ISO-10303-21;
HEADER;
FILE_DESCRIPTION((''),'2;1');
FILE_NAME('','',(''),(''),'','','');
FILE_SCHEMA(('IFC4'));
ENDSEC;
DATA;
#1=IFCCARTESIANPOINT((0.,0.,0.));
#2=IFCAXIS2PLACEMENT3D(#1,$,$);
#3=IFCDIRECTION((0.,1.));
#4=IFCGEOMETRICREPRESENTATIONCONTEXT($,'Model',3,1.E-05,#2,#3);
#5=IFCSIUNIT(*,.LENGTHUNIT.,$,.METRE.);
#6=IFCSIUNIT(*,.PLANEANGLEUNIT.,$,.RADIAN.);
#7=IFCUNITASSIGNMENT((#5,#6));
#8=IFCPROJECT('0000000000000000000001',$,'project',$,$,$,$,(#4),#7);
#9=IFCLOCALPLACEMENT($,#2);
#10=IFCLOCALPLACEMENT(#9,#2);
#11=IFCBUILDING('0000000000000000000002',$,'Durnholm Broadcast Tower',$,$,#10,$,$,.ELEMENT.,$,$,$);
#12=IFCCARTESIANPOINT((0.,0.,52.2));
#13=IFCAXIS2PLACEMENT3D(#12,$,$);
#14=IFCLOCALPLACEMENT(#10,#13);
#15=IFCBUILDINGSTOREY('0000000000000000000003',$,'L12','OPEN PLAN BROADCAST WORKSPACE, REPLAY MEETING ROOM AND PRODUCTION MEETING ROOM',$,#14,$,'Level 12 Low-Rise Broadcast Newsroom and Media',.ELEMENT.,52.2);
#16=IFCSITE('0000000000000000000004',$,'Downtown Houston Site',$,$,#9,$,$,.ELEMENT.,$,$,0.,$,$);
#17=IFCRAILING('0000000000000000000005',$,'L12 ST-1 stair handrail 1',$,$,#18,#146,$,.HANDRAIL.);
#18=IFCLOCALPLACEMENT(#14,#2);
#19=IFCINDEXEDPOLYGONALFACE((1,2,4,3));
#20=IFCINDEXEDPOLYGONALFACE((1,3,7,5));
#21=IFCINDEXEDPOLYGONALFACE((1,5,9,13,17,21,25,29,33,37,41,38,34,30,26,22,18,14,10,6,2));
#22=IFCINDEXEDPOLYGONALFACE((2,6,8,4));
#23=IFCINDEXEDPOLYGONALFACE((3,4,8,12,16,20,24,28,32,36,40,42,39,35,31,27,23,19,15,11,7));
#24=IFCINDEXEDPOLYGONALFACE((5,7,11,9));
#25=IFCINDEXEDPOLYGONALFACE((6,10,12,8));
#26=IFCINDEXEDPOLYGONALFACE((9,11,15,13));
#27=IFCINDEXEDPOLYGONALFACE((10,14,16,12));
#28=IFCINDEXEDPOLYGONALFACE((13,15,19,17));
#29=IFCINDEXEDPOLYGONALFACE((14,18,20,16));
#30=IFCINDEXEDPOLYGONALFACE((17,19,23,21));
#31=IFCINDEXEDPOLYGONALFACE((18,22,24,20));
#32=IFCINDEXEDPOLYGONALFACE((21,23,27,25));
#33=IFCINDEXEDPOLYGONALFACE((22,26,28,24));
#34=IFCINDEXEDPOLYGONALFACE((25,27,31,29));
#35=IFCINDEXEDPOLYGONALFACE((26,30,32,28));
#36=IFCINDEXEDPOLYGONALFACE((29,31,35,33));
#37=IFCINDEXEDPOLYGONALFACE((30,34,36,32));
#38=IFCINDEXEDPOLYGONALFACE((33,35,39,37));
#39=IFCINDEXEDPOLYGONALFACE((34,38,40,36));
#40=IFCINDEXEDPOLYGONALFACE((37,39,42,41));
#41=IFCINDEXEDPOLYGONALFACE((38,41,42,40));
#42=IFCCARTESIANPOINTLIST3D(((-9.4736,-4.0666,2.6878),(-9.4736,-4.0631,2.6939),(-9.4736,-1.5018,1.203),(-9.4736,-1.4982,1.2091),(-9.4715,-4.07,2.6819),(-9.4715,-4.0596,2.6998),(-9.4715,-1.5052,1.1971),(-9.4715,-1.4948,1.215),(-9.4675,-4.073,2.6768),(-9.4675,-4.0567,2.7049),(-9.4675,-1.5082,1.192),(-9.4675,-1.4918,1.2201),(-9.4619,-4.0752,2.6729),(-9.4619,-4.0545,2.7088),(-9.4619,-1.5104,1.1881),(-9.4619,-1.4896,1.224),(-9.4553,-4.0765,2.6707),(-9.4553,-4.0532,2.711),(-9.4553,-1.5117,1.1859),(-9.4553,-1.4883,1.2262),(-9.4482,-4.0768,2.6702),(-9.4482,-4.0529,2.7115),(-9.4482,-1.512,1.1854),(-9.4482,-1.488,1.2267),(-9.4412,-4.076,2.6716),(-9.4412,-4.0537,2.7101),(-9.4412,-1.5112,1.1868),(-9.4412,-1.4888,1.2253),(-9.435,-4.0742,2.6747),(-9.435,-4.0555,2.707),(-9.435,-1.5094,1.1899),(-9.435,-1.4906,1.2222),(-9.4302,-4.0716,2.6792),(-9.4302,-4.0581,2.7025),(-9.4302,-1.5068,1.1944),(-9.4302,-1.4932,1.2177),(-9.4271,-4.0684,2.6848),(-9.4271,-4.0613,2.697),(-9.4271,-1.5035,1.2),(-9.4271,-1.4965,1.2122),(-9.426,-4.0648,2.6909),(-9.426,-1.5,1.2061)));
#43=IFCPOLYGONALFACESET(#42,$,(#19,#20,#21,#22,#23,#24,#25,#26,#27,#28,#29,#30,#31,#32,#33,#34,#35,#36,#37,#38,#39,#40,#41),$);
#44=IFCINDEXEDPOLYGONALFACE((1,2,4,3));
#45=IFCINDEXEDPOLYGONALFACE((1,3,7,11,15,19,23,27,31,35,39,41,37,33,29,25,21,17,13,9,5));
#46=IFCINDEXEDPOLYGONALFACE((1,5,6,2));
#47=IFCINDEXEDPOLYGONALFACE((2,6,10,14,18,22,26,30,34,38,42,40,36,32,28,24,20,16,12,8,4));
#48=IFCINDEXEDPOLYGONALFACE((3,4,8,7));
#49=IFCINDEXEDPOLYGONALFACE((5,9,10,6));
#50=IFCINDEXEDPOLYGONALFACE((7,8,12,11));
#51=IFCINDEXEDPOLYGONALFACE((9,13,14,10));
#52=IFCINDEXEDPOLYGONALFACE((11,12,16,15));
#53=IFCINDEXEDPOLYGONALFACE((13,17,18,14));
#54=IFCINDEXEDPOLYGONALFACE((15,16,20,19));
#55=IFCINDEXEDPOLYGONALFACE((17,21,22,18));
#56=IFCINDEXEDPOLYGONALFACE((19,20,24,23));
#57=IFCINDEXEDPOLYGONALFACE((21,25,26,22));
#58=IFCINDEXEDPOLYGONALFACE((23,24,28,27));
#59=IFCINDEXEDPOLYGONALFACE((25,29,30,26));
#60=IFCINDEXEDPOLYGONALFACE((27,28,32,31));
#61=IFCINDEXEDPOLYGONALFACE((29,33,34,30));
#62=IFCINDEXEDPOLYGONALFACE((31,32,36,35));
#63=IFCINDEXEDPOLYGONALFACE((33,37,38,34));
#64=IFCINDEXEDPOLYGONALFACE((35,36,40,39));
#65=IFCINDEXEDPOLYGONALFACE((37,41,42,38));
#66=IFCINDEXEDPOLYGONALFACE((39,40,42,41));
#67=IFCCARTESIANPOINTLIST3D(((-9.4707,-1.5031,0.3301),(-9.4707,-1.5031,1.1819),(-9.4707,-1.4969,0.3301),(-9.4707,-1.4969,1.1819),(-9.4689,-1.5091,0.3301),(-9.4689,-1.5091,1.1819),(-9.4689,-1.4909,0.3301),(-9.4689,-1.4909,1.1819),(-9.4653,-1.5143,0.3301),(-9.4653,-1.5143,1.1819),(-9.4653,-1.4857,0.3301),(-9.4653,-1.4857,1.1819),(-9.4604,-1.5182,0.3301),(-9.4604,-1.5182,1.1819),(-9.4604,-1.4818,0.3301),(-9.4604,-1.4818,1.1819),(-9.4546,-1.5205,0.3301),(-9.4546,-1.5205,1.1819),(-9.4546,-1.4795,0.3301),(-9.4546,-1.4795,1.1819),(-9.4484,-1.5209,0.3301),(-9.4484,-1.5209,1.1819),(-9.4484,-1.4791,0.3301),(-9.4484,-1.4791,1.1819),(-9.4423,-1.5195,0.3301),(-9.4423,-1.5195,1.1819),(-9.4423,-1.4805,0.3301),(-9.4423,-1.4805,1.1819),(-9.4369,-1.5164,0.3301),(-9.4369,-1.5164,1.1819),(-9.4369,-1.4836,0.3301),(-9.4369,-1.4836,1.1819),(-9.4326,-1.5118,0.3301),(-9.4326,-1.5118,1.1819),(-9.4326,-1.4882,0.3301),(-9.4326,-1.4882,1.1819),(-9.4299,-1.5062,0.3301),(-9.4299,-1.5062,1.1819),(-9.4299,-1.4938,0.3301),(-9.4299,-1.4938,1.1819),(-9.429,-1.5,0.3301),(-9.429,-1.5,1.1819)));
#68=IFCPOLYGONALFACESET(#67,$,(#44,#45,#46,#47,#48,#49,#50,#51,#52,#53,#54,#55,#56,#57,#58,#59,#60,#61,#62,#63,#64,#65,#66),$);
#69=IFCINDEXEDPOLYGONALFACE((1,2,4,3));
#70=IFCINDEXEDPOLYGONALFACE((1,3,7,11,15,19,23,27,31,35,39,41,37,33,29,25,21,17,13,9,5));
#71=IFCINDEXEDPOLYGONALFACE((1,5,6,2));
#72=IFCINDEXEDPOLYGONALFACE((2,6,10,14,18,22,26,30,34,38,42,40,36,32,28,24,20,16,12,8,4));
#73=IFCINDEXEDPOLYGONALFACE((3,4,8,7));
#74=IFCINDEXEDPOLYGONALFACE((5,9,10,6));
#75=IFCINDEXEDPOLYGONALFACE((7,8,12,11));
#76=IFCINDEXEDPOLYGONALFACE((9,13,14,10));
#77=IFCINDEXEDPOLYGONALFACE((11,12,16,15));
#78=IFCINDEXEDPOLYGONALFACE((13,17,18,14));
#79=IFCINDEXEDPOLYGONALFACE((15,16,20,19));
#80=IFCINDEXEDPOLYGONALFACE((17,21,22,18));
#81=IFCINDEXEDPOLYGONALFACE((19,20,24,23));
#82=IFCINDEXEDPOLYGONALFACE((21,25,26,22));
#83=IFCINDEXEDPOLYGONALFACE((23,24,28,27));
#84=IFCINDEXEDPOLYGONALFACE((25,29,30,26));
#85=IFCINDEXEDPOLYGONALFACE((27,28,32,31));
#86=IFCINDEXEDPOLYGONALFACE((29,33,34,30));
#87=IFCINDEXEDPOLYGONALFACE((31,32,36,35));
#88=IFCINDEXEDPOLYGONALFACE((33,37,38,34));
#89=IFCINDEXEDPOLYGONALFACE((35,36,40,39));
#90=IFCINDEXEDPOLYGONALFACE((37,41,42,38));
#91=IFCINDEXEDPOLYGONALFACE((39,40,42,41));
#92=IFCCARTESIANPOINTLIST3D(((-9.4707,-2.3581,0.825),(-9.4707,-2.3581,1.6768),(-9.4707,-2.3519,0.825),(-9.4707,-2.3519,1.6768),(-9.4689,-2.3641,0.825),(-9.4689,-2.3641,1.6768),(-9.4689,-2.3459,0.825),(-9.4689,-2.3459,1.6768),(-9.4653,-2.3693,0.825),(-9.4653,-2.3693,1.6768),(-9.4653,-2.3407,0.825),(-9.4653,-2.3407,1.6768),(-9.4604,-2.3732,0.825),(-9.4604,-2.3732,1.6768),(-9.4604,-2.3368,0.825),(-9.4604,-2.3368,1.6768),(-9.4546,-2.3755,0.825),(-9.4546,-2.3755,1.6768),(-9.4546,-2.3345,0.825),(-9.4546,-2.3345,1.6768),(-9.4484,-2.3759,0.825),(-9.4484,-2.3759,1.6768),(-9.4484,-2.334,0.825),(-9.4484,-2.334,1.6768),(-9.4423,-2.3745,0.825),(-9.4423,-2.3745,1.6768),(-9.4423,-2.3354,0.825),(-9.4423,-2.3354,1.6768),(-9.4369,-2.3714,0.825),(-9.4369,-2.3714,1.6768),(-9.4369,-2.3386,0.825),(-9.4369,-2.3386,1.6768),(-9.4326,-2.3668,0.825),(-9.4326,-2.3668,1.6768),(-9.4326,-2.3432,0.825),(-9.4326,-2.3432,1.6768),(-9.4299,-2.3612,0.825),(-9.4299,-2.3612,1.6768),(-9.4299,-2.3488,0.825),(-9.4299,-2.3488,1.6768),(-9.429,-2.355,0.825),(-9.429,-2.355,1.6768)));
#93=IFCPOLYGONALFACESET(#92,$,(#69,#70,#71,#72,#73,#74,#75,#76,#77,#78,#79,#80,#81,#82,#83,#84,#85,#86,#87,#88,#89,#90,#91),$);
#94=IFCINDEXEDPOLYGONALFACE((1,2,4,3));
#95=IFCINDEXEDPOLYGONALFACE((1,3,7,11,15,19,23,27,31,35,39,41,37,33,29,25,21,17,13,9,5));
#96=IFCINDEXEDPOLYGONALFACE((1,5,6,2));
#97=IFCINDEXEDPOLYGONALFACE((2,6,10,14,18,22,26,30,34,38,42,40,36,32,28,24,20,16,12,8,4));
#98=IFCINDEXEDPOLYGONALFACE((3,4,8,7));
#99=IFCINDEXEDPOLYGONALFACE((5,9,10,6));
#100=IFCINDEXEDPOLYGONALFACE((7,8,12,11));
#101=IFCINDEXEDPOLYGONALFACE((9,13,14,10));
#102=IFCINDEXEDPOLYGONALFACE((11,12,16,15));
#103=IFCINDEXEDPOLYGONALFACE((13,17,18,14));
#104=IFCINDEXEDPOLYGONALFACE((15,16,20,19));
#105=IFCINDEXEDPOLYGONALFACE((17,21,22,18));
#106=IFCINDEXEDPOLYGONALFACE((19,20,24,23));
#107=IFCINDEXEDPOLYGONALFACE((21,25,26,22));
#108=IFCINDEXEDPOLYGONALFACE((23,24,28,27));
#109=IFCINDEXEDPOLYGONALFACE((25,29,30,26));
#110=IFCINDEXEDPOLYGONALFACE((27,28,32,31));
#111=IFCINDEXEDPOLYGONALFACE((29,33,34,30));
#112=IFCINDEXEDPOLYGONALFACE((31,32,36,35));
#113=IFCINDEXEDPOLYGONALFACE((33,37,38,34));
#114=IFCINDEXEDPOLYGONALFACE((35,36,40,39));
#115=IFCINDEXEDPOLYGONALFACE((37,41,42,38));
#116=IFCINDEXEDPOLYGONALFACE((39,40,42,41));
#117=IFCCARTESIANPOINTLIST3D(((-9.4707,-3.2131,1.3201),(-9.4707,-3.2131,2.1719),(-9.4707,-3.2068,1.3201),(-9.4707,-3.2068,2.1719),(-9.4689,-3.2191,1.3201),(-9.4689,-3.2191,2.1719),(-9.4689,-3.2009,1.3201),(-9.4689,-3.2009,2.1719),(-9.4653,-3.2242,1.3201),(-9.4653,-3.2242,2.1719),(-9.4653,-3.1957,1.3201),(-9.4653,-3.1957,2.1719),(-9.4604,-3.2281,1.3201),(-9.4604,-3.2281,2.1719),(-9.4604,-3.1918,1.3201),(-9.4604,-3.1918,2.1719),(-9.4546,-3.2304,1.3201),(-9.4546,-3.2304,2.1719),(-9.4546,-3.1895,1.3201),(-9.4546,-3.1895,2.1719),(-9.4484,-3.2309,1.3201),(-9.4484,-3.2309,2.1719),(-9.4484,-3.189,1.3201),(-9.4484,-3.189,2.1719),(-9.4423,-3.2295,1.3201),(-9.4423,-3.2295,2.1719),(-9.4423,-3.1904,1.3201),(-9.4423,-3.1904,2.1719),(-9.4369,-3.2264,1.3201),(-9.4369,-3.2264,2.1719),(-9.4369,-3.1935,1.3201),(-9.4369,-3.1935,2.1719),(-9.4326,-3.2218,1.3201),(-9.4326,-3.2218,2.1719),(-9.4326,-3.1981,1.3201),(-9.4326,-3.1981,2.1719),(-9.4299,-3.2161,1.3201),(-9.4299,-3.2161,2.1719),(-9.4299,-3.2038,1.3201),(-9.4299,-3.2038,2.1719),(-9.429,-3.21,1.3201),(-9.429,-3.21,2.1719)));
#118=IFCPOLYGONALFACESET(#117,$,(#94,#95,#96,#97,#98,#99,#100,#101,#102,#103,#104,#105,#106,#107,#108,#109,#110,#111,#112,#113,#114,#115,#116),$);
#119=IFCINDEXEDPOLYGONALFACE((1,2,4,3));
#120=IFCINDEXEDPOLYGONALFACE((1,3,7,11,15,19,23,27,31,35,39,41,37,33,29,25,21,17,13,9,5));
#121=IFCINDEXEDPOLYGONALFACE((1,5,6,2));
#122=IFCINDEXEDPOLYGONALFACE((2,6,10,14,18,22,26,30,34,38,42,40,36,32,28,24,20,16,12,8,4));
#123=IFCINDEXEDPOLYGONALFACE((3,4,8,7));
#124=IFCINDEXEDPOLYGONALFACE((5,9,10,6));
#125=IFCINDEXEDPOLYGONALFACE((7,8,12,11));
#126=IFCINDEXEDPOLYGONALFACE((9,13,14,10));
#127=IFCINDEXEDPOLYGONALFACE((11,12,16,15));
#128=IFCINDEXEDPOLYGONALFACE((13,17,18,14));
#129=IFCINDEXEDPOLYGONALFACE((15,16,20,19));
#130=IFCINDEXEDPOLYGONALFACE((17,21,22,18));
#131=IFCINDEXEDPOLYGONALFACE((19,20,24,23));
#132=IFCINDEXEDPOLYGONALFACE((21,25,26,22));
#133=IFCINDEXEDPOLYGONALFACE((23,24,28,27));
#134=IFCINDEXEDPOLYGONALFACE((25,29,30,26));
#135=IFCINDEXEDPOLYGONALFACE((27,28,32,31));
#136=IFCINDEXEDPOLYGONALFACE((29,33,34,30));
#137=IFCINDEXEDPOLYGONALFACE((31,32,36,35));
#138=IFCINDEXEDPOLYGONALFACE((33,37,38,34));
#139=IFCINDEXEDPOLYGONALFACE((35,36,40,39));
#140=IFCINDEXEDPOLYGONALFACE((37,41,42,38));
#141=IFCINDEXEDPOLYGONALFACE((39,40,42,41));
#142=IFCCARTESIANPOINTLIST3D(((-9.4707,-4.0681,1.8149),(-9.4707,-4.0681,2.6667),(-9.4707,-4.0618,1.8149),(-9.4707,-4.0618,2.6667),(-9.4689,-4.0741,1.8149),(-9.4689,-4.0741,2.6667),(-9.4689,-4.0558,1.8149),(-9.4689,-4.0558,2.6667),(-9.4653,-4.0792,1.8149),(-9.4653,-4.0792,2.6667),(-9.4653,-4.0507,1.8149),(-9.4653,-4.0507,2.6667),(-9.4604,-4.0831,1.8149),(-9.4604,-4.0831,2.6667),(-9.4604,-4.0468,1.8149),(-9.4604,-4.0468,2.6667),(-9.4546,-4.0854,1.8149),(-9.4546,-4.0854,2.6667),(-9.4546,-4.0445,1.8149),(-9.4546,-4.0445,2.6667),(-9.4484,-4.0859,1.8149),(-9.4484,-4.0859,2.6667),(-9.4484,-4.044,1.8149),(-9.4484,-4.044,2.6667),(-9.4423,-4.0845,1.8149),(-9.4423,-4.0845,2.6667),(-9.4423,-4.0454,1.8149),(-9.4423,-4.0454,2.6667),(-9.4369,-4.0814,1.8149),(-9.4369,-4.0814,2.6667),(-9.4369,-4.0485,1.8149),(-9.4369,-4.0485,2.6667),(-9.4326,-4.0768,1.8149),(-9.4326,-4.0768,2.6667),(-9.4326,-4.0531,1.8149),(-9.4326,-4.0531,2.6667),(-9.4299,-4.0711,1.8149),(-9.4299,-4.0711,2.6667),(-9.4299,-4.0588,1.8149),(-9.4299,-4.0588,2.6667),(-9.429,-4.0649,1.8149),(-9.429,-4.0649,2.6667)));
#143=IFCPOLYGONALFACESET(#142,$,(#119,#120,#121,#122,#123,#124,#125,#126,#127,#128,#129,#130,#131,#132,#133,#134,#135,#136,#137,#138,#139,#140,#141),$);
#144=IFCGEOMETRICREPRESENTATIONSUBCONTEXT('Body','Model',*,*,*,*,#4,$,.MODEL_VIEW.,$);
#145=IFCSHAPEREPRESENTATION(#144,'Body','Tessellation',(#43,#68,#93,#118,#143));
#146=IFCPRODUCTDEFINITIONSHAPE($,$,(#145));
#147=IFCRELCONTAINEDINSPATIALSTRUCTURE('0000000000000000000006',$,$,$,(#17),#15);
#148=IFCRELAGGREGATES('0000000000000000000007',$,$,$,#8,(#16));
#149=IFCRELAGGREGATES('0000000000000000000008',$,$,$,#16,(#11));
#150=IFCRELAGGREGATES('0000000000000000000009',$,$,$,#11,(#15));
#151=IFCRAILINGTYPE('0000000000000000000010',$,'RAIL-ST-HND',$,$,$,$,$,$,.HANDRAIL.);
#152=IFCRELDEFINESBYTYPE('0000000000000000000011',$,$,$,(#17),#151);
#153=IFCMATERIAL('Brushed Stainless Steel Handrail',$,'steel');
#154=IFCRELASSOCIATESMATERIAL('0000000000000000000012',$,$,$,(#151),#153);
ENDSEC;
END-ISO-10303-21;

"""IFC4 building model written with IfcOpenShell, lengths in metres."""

from ifc_helpers import new_model, si_unit, direction, frame, origin, origin_2d, place, context, subcontext, project, spatial, circle, extrude, material, type_object, element, save


model = new_model("IFC4")

# Units and contexts
model_context = context("Model", 3, precision=1e-05, world=origin(), true_north=direction((0.0, 1.0)))
body_context = subcontext(model_context, "Body", "Model", "MODEL_VIEW")
ifc_project = project(units=[si_unit("LENGTHUNIT", "METRE"), si_unit("PLANEANGLEUNIT", "RADIAN")], contexts=[model_context])

# Site, building, storey
site_placement = place(None, origin())
site = spatial("IfcSite", under=ifc_project, at=site_placement, Name="Downtown Houston Site", CompositionType="ELEMENT", RefElevation=0.0)
building_placement = place(site_placement, origin())
building = spatial("IfcBuilding", under=site, at=building_placement, Name="Durnholm Broadcast Tower", CompositionType="ELEMENT")
storey_placement = place(building_placement, frame((0.0, 0.0, 52.2)))
storey = spatial("IfcBuildingStorey", under=building, at=storey_placement, Name="L12", Description="OPEN PLAN BROADCAST WORKSPACE, REPLAY MEETING ROOM AND PRODUCTION MEETING ROOM", LongName="Level 12 Low-Rise Broadcast Newsroom and Media", CompositionType="ELEMENT", Elevation=52.2)

# Railing
ifc_material_1 = material(Name="Brushed Stainless Steel Handrail", Category="steel")
railing_type_1 = type_object("IfcRailingType", Name="RAIL-ST-HND", PredefinedType="HANDRAIL", material=ifc_material_1)
railing_1_placement = place(storey_placement, frame((-9.45, -1.5, 0.3301)))
element("IfcRailing", 1, at=railing_1_placement, inside=storey, type_object=railing_type_1, Name="L12 ST-1 stair handrail 1", PredefinedType="HANDRAIL", context=body_context, shape_type="SweptSolid", body=[
    extrude(circle(Radius=0.0239, at=origin_2d()), frame((0.0, 0.0, 0.876), z_axis=(0.0, -0.865441, 0.50101), x_axis=(1.0, 0.0, 0.0)), (0.0, 0.0, 1.0), 2.9636),
    extrude(circle(Radius=0.021, at=origin_2d()), origin(), (0.0, 0.0, 1.0), 0.8518),
    extrude(circle(Radius=0.021, at=origin_2d()), frame((0.0, -0.855, 0.4949)), (0.0, 0.0, 1.0), 0.8518),
    extrude(circle(Radius=0.021, at=origin_2d()), frame((0.0, -1.71, 0.99)), (0.0, 0.0, 1.0), 0.8518),
    extrude(circle(Radius=0.021, at=origin_2d()), frame((0.0, -2.5649, 1.4849)), (0.0, 0.0, 1.0), 0.8518),
])

save(model, "model.ifc")
